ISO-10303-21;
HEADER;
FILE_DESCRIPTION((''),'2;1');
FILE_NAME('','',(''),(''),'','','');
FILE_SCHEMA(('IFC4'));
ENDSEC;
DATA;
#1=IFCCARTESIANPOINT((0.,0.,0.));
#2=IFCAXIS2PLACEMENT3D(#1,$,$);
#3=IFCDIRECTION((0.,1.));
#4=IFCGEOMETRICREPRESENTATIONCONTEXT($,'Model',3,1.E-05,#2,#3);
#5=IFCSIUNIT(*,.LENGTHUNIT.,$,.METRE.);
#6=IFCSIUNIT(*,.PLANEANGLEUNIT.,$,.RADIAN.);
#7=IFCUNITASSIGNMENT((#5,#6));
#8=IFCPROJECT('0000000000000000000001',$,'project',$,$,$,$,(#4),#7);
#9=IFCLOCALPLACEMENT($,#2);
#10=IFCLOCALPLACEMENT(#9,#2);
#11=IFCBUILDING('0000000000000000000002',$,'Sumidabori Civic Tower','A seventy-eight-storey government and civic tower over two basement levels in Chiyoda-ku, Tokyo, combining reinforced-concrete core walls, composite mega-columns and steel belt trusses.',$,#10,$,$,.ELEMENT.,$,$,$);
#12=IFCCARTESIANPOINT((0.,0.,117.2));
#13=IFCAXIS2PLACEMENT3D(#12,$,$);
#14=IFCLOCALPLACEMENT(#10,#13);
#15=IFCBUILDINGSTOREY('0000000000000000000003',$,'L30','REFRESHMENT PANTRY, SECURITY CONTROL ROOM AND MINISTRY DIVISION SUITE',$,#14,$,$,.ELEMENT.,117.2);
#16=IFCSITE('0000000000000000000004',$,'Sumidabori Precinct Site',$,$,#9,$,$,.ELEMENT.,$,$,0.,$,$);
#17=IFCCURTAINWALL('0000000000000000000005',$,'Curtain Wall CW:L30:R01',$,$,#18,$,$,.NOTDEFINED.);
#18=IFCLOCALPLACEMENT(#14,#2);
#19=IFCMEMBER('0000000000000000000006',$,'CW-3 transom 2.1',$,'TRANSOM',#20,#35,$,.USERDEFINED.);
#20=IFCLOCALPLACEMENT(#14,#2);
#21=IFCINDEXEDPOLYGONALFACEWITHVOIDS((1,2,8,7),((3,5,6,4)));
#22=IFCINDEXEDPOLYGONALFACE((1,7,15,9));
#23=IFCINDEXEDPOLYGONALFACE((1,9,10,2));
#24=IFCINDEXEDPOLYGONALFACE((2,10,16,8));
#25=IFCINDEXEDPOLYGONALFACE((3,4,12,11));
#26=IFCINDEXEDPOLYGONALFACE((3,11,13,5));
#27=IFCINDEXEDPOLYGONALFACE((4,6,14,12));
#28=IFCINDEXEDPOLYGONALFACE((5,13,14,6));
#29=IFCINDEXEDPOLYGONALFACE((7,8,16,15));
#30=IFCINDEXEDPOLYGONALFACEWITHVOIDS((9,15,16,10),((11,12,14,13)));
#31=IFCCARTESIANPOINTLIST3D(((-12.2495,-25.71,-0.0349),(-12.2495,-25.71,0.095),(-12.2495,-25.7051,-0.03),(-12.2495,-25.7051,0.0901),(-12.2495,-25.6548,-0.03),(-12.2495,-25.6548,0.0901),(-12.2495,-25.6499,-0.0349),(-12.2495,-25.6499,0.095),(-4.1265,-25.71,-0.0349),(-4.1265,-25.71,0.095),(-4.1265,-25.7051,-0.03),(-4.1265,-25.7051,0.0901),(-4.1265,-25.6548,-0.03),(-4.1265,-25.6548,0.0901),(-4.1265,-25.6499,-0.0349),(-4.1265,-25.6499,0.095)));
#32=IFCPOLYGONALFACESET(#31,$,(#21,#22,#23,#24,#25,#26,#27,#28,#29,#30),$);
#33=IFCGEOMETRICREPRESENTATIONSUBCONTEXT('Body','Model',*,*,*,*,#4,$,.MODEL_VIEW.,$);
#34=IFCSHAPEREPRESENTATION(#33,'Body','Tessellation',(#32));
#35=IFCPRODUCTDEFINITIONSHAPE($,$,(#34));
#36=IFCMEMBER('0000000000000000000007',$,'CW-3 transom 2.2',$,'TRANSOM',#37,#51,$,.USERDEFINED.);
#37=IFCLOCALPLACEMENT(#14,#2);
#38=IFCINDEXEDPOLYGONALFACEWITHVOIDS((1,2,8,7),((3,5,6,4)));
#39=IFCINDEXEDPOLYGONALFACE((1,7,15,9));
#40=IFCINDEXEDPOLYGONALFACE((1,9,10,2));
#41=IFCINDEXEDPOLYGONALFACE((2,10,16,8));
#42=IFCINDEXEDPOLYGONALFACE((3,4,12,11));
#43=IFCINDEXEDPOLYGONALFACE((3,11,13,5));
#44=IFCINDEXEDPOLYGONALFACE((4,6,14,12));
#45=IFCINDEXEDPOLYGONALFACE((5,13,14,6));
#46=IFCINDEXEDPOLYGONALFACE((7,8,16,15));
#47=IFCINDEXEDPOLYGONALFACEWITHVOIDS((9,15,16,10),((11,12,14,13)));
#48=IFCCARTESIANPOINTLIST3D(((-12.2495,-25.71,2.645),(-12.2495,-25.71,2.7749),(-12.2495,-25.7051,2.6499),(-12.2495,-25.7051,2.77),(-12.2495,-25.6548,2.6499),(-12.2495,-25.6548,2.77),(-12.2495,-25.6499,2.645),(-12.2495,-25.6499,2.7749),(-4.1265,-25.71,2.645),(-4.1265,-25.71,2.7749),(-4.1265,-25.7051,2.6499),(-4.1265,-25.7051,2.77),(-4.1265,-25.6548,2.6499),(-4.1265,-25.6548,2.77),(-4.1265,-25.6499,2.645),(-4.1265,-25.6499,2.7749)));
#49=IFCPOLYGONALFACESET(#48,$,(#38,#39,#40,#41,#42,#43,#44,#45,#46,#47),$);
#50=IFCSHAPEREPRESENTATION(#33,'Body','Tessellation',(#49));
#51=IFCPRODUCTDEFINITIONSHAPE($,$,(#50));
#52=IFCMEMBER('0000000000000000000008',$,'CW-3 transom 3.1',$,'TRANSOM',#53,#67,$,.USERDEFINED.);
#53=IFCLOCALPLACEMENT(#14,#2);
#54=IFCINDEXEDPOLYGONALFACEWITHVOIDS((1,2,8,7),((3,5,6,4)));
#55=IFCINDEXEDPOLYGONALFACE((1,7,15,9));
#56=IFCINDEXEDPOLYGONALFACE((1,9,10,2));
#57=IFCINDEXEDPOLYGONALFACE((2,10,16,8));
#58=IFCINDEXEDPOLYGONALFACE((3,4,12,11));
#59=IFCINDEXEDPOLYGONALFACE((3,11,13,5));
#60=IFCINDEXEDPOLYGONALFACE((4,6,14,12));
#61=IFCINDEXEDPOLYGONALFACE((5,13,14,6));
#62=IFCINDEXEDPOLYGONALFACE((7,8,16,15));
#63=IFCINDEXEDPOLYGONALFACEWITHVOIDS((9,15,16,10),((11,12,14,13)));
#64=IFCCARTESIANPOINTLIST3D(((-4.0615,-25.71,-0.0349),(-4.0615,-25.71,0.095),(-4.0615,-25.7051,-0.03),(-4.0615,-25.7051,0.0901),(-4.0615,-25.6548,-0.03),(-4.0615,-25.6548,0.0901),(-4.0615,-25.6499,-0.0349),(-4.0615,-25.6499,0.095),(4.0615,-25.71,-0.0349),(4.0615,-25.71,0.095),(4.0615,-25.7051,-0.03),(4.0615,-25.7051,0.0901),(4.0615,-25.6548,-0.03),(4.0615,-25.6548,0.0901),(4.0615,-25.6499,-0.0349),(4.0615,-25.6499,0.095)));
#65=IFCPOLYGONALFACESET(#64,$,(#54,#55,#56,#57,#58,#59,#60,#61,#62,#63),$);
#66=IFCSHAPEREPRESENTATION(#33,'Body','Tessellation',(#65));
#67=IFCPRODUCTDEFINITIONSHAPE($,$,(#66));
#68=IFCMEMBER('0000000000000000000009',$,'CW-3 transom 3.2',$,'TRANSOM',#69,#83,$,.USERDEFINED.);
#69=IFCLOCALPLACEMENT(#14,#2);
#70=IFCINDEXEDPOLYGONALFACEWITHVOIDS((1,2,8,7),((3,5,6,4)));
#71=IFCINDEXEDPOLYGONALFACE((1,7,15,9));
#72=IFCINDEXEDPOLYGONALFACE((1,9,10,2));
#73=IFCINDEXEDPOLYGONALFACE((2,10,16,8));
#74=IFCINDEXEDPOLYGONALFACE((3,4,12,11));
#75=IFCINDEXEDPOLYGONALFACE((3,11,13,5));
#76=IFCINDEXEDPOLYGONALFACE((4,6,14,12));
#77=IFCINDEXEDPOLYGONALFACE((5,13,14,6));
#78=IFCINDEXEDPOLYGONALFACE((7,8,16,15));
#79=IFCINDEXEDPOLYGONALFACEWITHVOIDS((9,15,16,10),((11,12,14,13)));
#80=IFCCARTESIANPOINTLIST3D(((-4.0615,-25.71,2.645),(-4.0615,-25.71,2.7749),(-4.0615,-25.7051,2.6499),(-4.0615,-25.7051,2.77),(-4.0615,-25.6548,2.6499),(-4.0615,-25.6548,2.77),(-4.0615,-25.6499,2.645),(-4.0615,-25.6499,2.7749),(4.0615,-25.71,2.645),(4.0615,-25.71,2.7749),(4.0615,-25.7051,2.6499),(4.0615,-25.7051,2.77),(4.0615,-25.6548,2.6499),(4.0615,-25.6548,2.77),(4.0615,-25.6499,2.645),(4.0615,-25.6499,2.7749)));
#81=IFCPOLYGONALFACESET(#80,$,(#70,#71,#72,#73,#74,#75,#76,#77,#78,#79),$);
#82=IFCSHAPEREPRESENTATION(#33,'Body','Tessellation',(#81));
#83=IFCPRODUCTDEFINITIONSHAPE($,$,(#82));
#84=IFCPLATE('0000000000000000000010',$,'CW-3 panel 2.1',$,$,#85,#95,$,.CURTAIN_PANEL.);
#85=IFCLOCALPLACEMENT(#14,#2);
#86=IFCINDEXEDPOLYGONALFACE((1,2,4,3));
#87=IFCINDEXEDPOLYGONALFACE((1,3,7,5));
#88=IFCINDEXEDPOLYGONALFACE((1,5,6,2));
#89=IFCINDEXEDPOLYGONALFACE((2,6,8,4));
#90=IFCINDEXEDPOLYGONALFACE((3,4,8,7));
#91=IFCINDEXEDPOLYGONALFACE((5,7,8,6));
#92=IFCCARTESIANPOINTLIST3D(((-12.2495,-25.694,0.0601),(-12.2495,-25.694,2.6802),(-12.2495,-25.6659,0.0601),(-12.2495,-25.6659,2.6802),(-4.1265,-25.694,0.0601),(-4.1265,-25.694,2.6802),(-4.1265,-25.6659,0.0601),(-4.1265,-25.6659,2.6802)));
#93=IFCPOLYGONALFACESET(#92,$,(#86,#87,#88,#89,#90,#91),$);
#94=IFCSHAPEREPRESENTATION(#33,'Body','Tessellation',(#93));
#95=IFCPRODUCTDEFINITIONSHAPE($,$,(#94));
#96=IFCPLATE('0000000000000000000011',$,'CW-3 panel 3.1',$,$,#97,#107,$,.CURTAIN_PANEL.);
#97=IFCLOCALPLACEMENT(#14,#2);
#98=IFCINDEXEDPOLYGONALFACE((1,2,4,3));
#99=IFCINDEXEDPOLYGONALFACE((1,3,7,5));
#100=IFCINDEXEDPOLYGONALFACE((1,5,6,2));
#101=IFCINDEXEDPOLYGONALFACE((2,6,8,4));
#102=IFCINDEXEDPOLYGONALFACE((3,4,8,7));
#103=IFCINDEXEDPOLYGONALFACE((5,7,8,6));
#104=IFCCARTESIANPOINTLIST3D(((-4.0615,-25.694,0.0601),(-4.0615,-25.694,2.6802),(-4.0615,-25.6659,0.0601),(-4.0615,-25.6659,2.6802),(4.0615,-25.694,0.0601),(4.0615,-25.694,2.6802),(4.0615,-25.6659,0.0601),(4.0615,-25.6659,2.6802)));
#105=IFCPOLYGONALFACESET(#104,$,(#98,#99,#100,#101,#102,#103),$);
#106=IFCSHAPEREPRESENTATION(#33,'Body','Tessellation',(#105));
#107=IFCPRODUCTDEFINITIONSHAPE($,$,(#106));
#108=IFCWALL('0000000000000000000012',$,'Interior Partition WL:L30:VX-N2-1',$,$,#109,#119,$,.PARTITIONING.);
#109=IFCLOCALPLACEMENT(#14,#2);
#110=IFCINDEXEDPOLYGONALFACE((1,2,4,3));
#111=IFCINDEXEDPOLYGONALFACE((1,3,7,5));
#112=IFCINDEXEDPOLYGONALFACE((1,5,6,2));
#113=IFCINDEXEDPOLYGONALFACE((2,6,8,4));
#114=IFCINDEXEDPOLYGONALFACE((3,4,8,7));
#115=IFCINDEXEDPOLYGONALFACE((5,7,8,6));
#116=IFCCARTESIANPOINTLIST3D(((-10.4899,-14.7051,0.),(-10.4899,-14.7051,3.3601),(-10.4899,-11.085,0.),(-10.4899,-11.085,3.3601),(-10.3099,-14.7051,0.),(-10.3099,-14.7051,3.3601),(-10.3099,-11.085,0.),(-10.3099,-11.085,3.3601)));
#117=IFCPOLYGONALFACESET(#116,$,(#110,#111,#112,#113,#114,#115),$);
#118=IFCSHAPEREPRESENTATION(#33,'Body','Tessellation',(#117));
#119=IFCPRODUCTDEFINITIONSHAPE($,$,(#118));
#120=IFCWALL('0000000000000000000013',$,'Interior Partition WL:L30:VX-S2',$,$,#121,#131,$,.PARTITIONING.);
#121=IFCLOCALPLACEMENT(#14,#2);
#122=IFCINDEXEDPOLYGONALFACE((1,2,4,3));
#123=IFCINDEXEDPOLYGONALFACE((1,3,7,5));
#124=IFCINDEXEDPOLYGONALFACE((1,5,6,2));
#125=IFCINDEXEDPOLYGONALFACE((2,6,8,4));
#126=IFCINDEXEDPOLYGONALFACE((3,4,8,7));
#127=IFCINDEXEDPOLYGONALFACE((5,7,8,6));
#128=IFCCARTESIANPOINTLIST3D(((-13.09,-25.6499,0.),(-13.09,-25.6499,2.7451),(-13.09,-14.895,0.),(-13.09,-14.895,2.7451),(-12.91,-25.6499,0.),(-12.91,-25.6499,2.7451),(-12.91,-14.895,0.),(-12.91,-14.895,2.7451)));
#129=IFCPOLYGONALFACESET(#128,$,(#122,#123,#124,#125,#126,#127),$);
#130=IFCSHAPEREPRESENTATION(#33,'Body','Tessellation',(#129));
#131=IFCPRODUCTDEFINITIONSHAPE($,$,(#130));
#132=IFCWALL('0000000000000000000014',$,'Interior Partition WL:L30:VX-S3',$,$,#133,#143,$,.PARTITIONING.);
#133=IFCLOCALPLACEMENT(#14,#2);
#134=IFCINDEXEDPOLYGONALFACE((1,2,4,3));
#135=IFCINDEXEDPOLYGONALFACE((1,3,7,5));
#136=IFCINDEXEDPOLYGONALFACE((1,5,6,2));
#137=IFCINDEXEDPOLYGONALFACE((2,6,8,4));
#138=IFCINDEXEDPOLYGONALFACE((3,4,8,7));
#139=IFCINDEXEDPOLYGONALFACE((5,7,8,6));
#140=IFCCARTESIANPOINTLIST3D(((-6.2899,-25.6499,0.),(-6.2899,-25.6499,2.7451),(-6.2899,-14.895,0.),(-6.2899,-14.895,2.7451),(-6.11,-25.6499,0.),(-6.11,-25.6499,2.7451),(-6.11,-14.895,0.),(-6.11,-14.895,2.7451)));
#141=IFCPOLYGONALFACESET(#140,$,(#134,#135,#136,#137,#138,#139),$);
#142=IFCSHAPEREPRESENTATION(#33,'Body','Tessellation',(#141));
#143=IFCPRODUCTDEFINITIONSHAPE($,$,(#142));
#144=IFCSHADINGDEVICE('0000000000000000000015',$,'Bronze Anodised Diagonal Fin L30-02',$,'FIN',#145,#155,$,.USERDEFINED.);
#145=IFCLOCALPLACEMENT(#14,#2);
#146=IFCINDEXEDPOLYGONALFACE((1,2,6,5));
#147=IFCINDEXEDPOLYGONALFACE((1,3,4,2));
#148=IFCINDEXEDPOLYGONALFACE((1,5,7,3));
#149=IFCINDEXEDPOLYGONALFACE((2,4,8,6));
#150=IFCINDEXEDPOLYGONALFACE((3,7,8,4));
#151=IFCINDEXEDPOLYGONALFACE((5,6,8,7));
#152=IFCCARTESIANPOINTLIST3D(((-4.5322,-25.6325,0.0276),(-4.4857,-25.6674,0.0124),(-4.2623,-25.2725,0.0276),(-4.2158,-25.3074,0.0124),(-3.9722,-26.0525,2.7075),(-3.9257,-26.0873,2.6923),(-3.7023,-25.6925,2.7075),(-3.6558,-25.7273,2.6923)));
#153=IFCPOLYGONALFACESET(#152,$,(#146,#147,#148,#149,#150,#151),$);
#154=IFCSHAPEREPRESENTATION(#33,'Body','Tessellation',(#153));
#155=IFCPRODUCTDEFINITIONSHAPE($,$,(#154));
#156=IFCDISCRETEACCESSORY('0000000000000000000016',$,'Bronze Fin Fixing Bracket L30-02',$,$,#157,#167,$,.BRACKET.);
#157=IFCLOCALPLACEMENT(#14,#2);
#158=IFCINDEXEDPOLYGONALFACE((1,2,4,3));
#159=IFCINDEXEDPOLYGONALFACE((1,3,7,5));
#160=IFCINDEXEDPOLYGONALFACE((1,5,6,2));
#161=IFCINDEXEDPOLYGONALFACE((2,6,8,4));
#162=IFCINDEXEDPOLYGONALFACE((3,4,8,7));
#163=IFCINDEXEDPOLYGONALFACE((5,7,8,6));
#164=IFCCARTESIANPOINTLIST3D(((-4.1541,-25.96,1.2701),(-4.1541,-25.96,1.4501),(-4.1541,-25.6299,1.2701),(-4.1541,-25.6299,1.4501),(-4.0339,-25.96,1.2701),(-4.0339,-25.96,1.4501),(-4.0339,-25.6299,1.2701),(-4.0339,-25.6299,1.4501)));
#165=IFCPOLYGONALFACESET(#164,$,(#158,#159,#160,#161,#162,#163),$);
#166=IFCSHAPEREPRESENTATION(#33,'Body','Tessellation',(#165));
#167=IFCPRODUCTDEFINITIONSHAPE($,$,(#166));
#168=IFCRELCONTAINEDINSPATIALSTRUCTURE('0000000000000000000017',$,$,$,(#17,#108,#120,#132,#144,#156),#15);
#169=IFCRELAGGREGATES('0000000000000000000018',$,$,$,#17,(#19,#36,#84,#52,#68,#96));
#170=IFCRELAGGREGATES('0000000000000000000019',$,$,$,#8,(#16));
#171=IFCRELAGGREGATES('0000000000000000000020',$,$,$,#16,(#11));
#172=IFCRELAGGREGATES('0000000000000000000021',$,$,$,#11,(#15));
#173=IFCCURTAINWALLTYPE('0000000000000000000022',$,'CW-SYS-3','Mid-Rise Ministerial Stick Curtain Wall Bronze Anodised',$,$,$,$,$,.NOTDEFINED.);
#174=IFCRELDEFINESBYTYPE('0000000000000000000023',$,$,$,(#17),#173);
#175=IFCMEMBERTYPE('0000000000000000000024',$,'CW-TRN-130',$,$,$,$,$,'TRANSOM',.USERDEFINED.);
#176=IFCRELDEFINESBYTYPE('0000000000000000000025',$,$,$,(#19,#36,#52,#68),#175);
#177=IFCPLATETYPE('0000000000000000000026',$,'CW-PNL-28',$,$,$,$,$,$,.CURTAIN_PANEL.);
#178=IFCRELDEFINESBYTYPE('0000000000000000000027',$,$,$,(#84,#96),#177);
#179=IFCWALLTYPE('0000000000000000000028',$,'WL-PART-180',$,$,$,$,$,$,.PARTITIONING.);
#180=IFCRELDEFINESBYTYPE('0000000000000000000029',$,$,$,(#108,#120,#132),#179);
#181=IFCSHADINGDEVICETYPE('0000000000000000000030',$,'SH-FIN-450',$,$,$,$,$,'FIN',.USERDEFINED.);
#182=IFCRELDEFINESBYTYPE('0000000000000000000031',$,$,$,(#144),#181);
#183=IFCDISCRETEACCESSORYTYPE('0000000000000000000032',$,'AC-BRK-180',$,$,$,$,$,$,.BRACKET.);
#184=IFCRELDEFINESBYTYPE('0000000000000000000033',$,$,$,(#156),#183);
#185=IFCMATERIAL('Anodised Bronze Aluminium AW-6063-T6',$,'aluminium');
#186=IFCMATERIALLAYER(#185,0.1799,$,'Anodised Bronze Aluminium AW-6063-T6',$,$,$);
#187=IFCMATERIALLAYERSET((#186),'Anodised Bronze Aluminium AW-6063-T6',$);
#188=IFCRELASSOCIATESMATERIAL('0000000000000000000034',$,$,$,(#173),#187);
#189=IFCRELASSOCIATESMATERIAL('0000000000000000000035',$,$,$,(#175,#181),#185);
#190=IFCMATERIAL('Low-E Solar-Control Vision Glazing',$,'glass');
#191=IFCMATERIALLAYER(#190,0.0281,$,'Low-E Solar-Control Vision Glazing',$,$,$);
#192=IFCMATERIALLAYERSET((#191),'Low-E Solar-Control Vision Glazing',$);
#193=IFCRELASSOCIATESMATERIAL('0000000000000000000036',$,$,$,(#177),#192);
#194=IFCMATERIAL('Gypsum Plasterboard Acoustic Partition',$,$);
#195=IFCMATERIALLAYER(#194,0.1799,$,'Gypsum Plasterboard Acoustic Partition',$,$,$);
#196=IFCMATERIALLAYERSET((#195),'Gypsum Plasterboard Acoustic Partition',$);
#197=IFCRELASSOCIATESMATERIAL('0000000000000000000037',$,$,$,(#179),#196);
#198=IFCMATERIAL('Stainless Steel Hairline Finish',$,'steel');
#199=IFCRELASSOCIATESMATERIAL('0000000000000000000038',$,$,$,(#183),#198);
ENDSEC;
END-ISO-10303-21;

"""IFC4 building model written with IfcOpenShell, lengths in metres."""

from ifc_helpers import new_model, si_unit, direction, frame, frame_2d, origin, origin_2d, place, context, subcontext, project, spatial, rectangle, hollow_rectangle, extrude, source, transform, mapped, material, layer, layer_set, material_profile, profile_set, type_object, element, aggregate, save


model = new_model("IFC4")

# Units and contexts
model_context = context("Model", 3, precision=1e-05, world=origin(), true_north=direction((0.0, 1.0)))
body_context = subcontext(model_context, "Body", "Model", "MODEL_VIEW")
ifc_project = project(units=[si_unit("LENGTHUNIT", "METRE"), si_unit("PLANEANGLEUNIT", "RADIAN")], contexts=[model_context])

# Site, building, storey
site_placement = place(None, origin())
site = spatial("IfcSite", under=ifc_project, at=site_placement, Name="Sumidabori Precinct Site", CompositionType="ELEMENT", RefElevation=0.0)
building_placement = place(site_placement, origin())
building = spatial("IfcBuilding", under=site, at=building_placement, Name="Sumidabori Civic Tower", Description="A seventy-eight-storey government and civic tower over two basement levels in Chiyoda-ku, Tokyo, combining reinforced-concrete core walls, composite mega-columns and steel belt trusses.", CompositionType="ELEMENT")
storey_placement = place(building_placement, frame((0.0, 0.0, 117.2)))
storey = spatial("IfcBuildingStorey", under=building, at=storey_placement, Name="L30", Description="REFRESHMENT PANTRY, SECURITY CONTROL ROOM AND MINISTRY DIVISION SUITE", CompositionType="ELEMENT", Elevation=117.2)

# Curtain wall, members, plates
ifc_material_1 = material(Name="Anodised Bronze Aluminium AW-6063-T6", Category="aluminium")
ifc_layer_1 = layer(ifc_material_1, 0.1799, Name="Anodised Bronze Aluminium AW-6063-T6")
ifc_layer_set_1 = layer_set([ifc_layer_1], Name="Anodised Bronze Aluminium AW-6063-T6")
curtain_wall_type = type_object("IfcCurtainWallType", Name="CW-SYS-3", Description="Mid-Rise Ministerial Stick Curtain Wall Bronze Anodised", PredefinedType="NOTDEFINED", material=ifc_layer_set_1)
curtain_wall_placement = place(storey_placement, origin())
curtain_wall = element("IfcCurtainWall", 1, at=curtain_wall_placement, inside=storey, type_object=curtain_wall_type, Name="Curtain Wall CW:L30:R01", PredefinedType="NOTDEFINED")
ifc_material_profile_1 = material_profile(ifc_material_1, hollow_rectangle(XDim=0.0601, YDim=0.1299, WallThickness=0.0049, at=origin_2d()), Name="ALU TRANSOM 130x60")
ifc_profile_set_1 = profile_set([ifc_material_profile_1], Name="Anodised Bronze Aluminium AW-6063-T6")
member_type_1 = type_object("IfcMemberType", Name="CW-TRN-130", ElementType="TRANSOM", PredefinedType="USERDEFINED", material=ifc_profile_set_1)
shared_shape_1 = source(origin(), body_context, "Body", "SweptSolid", [
    extrude(hollow_rectangle(XDim=0.0601, YDim=0.1299, WallThickness=0.0049, at=origin_2d()), origin(), (0.0, 0.0, 1.0), 8.123),
])
member_1_placement = place(storey_placement, frame((-12.2495, -25.6799, 0.03), z_axis=(1.0, 0.0, 0.0), x_axis=(0.0, 1.0, 0.0)))
member_1 = element("IfcMember", 2, at=member_1_placement, type_object=member_type_1, Name="CW-3 transom 2.1", ObjectType="TRANSOM", PredefinedType="USERDEFINED", context=body_context, shape_type="MappedRepresentation", body=[
    mapped(shared_shape_1, transform((0.0, 0.0, 0.0), x_axis=(1.0, 0.0, 0.0), y_axis=(0.0, 1.0, 0.0), z_axis=(0.0, 0.0, 1.0), scale=1.0)),
])
member_2_placement = place(storey_placement, frame((-12.2495, -25.6799, 2.71), z_axis=(1.0, 0.0, 0.0), x_axis=(0.0, 1.0, 0.0)))
member_2 = element("IfcMember", 3, at=member_2_placement, type_object=member_type_1, Name="CW-3 transom 2.2", ObjectType="TRANSOM", PredefinedType="USERDEFINED", context=body_context, shape_type="MappedRepresentation", body=[
    mapped(shared_shape_1, transform((0.0, 0.0, 0.0), x_axis=(1.0, 0.0, 0.0), y_axis=(0.0, 1.0, 0.0), z_axis=(0.0, 0.0, 1.0), scale=1.0)),
])
member_3_placement = place(storey_placement, frame((-4.0615, -25.6799, 0.03), z_axis=(1.0, 0.0, 0.0), x_axis=(0.0, 1.0, 0.0)))
member_3 = element("IfcMember", 4, at=member_3_placement, type_object=member_type_1, Name="CW-3 transom 3.1", ObjectType="TRANSOM", PredefinedType="USERDEFINED", context=body_context, shape_type="MappedRepresentation", body=[
    mapped(shared_shape_1, transform((0.0, 0.0, 0.0), x_axis=(1.0, 0.0, 0.0), y_axis=(0.0, 1.0, 0.0), z_axis=(0.0, 0.0, 1.0), scale=1.0)),
])
member_4_placement = place(storey_placement, frame((-4.0615, -25.6799, 2.71), z_axis=(1.0, 0.0, 0.0), x_axis=(0.0, 1.0, 0.0)))
member_4 = element("IfcMember", 5, at=member_4_placement, type_object=member_type_1, Name="CW-3 transom 3.2", ObjectType="TRANSOM", PredefinedType="USERDEFINED", context=body_context, shape_type="MappedRepresentation", body=[
    mapped(shared_shape_1, transform((0.0, 0.0, 0.0), x_axis=(1.0, 0.0, 0.0), y_axis=(0.0, 1.0, 0.0), z_axis=(0.0, 0.0, 1.0), scale=1.0)),
])
ifc_material_2 = material(Name="Low-E Solar-Control Vision Glazing", Category="glass")
ifc_layer_2 = layer(ifc_material_2, 0.0281, Name="Low-E Solar-Control Vision Glazing")
ifc_layer_set_2 = layer_set([ifc_layer_2], Name="Low-E Solar-Control Vision Glazing")
plate_type = type_object("IfcPlateType", Name="CW-PNL-28", PredefinedType="CURTAIN_PANEL", material=ifc_layer_set_2)
shared_shape_2 = source(origin(), body_context, "Body", "SweptSolid", [
    extrude(rectangle(XDim=8.123, YDim=0.0281, at=origin_2d()), origin(), (0.0, 0.0, 1.0), 2.6201),
])
plate_1_placement = place(storey_placement, frame((-8.188, -25.6799, 0.0601), z_axis=(0.0, 0.0, 1.0), x_axis=(1.0, 0.0, 0.0)))
plate_1 = element("IfcPlate", 6, at=plate_1_placement, type_object=plate_type, Name="CW-3 panel 2.1", PredefinedType="CURTAIN_PANEL", context=body_context, shape_type="MappedRepresentation", body=[
    mapped(shared_shape_2, transform((0.0, 0.0, 0.0), x_axis=(1.0, 0.0, 0.0), y_axis=(0.0, 1.0, 0.0), z_axis=(0.0, 0.0, 1.0), scale=1.0)),
])
plate_2_placement = place(storey_placement, frame((0.0, -25.6799, 0.0601), z_axis=(0.0, 0.0, 1.0), x_axis=(1.0, 0.0, 0.0)))
plate_2 = element("IfcPlate", 7, at=plate_2_placement, type_object=plate_type, Name="CW-3 panel 3.1", PredefinedType="CURTAIN_PANEL", context=body_context, shape_type="MappedRepresentation", body=[
    mapped(shared_shape_2, transform((0.0, 0.0, 0.0), x_axis=(1.0, 0.0, 0.0), y_axis=(0.0, 1.0, 0.0), z_axis=(0.0, 0.0, 1.0), scale=1.0)),
])
aggregate(curtain_wall, [member_1, member_2, plate_1, member_3, member_4, plate_2])

# Walls
ifc_material_3 = material(Name="Gypsum Plasterboard Acoustic Partition")
ifc_layer_3 = layer(ifc_material_3, 0.1799, Name="Gypsum Plasterboard Acoustic Partition")
ifc_layer_set_3 = layer_set([ifc_layer_3], Name="Gypsum Plasterboard Acoustic Partition")
wall_type = type_object("IfcWallType", Name="WL-PART-180", PredefinedType="PARTITIONING", material=ifc_layer_set_3)
shared_shape_3 = source(origin(), body_context, "Body", "SweptSolid", [
    extrude(rectangle(XDim=3.6201, YDim=0.1799, at=frame_2d((1.8101, 0.0))), origin(), (0.0, 0.0, 1.0), 3.3601),
])
wall_placement = place(storey_placement, frame((-10.3999, -14.7051, 0.0), z_axis=(0.0, 0.0, 1.0), x_axis=(0.0, 1.0, 0.0)))
element("IfcWall", 8, at=wall_placement, inside=storey, type_object=wall_type, Name="Interior Partition WL:L30:VX-N2-1", PredefinedType="PARTITIONING", context=body_context, shape_type="MappedRepresentation", body=[
    mapped(shared_shape_3, transform((0.0, 0.0, 0.0), x_axis=(1.0, 0.0, 0.0), y_axis=(0.0, 1.0, 0.0), z_axis=(0.0, 0.0, 1.0), scale=1.0)),
])
shared_shape_4 = source(origin(), body_context, "Body", "SweptSolid", [
    extrude(rectangle(XDim=10.7549, YDim=0.1799, at=frame_2d((5.3774, 0.0))), origin(), (0.0, 0.0, 1.0), 2.7451),
])
for number, where, z_axis, x_axis, name in (
    (9, (-13.0, -25.6499, 0.0), (0.0, 0.0, 1.0), (0.0, 1.0, 0.0), "Interior Partition WL:L30:VX-S2"),
    (10, (-6.2, -25.6499, 0.0), (0.0, 0.0, 1.0), (0.0, 1.0, 0.0), "Interior Partition WL:L30:VX-S3"),
):
    element("IfcWall", number, at=place(storey_placement, frame(where, z_axis=z_axis, x_axis=x_axis)), inside=storey, type_object=wall_type, Name=name, PredefinedType="PARTITIONING", context=body_context, shape_type="MappedRepresentation", body=[
        mapped(shared_shape_4, transform((0.0, 0.0, 0.0), x_axis=(1.0, 0.0, 0.0), y_axis=(0.0, 1.0, 0.0), z_axis=(0.0, 0.0, 1.0), scale=1.0)),
    ])

# Shading device
ifc_material_profile_2 = material_profile(ifc_material_1, rectangle(XDim=0.0601, YDim=0.45, at=origin_2d()), Name="BRONZE FIN 450x60")
ifc_profile_set_2 = profile_set([ifc_material_profile_2], Name="Anodised Bronze Aluminium AW-6063-T6")
shading_device_type = type_object("IfcShadingDeviceType", Name="SH-FIN-450", ElementType="FIN", PredefinedType="USERDEFINED", material=ifc_profile_set_2)
shared_shape_5 = source(origin(), body_context, "Body", "SweptSolid", [
    extrude(rectangle(XDim=0.0601, YDim=0.45, at=origin_2d()), origin(), (0.0, 0.0, 1.0), 2.7698),
])
shading_device_placement = place(storey_placement, frame((-4.374, -25.47, 0.02), z_axis=(0.202199, -0.151605, 0.967539), x_axis=(0.774112, -0.580415, -0.252722)))
element("IfcShadingDevice", 11, at=shading_device_placement, inside=storey, type_object=shading_device_type, Name="Bronze Anodised Diagonal Fin L30-02", ObjectType="FIN", PredefinedType="USERDEFINED", context=body_context, shape_type="MappedRepresentation", body=[
    mapped(shared_shape_5, transform((0.0, 0.0, 0.0), x_axis=(1.0, 0.0, 0.0), y_axis=(0.0, 1.0, 0.0), z_axis=(0.0, 0.0, 1.0), scale=1.0)),
])

# Discrete accessory
ifc_material_4 = material(Name="Stainless Steel Hairline Finish", Category="steel")
ifc_material_profile_3 = material_profile(ifc_material_4, rectangle(XDim=0.1201, YDim=0.1799, at=origin_2d()), Name="STEEL BRACKET 180x120")
ifc_profile_set_3 = profile_set([ifc_material_profile_3], Name="Stainless Steel Hairline Finish")
discrete_accessory_type = type_object("IfcDiscreteAccessoryType", Name="AC-BRK-180", PredefinedType="BRACKET", material=ifc_profile_set_3)
shared_shape_6 = source(origin(), body_context, "Body", "SweptSolid", [
    extrude(rectangle(XDim=0.1201, YDim=0.1799, at=origin_2d()), origin(), (0.0, 0.0, 1.0), 0.3301),
])
discrete_accessory_placement = place(storey_placement, frame((-4.094, -25.6299, 1.3601), z_axis=(0.0, -1.0, 0.0), x_axis=(1.0, 0.0, 0.0)))
element("IfcDiscreteAccessory", 12, at=discrete_accessory_placement, inside=storey, type_object=discrete_accessory_type, Name="Bronze Fin Fixing Bracket L30-02", PredefinedType="BRACKET", context=body_context, shape_type="MappedRepresentation", body=[
    mapped(shared_shape_6, transform((0.0, 0.0, 0.0), x_axis=(1.0, 0.0, 0.0), y_axis=(0.0, 1.0, 0.0), z_axis=(0.0, 0.0, 1.0), scale=1.0)),
])

save(model, "model.ifc")
